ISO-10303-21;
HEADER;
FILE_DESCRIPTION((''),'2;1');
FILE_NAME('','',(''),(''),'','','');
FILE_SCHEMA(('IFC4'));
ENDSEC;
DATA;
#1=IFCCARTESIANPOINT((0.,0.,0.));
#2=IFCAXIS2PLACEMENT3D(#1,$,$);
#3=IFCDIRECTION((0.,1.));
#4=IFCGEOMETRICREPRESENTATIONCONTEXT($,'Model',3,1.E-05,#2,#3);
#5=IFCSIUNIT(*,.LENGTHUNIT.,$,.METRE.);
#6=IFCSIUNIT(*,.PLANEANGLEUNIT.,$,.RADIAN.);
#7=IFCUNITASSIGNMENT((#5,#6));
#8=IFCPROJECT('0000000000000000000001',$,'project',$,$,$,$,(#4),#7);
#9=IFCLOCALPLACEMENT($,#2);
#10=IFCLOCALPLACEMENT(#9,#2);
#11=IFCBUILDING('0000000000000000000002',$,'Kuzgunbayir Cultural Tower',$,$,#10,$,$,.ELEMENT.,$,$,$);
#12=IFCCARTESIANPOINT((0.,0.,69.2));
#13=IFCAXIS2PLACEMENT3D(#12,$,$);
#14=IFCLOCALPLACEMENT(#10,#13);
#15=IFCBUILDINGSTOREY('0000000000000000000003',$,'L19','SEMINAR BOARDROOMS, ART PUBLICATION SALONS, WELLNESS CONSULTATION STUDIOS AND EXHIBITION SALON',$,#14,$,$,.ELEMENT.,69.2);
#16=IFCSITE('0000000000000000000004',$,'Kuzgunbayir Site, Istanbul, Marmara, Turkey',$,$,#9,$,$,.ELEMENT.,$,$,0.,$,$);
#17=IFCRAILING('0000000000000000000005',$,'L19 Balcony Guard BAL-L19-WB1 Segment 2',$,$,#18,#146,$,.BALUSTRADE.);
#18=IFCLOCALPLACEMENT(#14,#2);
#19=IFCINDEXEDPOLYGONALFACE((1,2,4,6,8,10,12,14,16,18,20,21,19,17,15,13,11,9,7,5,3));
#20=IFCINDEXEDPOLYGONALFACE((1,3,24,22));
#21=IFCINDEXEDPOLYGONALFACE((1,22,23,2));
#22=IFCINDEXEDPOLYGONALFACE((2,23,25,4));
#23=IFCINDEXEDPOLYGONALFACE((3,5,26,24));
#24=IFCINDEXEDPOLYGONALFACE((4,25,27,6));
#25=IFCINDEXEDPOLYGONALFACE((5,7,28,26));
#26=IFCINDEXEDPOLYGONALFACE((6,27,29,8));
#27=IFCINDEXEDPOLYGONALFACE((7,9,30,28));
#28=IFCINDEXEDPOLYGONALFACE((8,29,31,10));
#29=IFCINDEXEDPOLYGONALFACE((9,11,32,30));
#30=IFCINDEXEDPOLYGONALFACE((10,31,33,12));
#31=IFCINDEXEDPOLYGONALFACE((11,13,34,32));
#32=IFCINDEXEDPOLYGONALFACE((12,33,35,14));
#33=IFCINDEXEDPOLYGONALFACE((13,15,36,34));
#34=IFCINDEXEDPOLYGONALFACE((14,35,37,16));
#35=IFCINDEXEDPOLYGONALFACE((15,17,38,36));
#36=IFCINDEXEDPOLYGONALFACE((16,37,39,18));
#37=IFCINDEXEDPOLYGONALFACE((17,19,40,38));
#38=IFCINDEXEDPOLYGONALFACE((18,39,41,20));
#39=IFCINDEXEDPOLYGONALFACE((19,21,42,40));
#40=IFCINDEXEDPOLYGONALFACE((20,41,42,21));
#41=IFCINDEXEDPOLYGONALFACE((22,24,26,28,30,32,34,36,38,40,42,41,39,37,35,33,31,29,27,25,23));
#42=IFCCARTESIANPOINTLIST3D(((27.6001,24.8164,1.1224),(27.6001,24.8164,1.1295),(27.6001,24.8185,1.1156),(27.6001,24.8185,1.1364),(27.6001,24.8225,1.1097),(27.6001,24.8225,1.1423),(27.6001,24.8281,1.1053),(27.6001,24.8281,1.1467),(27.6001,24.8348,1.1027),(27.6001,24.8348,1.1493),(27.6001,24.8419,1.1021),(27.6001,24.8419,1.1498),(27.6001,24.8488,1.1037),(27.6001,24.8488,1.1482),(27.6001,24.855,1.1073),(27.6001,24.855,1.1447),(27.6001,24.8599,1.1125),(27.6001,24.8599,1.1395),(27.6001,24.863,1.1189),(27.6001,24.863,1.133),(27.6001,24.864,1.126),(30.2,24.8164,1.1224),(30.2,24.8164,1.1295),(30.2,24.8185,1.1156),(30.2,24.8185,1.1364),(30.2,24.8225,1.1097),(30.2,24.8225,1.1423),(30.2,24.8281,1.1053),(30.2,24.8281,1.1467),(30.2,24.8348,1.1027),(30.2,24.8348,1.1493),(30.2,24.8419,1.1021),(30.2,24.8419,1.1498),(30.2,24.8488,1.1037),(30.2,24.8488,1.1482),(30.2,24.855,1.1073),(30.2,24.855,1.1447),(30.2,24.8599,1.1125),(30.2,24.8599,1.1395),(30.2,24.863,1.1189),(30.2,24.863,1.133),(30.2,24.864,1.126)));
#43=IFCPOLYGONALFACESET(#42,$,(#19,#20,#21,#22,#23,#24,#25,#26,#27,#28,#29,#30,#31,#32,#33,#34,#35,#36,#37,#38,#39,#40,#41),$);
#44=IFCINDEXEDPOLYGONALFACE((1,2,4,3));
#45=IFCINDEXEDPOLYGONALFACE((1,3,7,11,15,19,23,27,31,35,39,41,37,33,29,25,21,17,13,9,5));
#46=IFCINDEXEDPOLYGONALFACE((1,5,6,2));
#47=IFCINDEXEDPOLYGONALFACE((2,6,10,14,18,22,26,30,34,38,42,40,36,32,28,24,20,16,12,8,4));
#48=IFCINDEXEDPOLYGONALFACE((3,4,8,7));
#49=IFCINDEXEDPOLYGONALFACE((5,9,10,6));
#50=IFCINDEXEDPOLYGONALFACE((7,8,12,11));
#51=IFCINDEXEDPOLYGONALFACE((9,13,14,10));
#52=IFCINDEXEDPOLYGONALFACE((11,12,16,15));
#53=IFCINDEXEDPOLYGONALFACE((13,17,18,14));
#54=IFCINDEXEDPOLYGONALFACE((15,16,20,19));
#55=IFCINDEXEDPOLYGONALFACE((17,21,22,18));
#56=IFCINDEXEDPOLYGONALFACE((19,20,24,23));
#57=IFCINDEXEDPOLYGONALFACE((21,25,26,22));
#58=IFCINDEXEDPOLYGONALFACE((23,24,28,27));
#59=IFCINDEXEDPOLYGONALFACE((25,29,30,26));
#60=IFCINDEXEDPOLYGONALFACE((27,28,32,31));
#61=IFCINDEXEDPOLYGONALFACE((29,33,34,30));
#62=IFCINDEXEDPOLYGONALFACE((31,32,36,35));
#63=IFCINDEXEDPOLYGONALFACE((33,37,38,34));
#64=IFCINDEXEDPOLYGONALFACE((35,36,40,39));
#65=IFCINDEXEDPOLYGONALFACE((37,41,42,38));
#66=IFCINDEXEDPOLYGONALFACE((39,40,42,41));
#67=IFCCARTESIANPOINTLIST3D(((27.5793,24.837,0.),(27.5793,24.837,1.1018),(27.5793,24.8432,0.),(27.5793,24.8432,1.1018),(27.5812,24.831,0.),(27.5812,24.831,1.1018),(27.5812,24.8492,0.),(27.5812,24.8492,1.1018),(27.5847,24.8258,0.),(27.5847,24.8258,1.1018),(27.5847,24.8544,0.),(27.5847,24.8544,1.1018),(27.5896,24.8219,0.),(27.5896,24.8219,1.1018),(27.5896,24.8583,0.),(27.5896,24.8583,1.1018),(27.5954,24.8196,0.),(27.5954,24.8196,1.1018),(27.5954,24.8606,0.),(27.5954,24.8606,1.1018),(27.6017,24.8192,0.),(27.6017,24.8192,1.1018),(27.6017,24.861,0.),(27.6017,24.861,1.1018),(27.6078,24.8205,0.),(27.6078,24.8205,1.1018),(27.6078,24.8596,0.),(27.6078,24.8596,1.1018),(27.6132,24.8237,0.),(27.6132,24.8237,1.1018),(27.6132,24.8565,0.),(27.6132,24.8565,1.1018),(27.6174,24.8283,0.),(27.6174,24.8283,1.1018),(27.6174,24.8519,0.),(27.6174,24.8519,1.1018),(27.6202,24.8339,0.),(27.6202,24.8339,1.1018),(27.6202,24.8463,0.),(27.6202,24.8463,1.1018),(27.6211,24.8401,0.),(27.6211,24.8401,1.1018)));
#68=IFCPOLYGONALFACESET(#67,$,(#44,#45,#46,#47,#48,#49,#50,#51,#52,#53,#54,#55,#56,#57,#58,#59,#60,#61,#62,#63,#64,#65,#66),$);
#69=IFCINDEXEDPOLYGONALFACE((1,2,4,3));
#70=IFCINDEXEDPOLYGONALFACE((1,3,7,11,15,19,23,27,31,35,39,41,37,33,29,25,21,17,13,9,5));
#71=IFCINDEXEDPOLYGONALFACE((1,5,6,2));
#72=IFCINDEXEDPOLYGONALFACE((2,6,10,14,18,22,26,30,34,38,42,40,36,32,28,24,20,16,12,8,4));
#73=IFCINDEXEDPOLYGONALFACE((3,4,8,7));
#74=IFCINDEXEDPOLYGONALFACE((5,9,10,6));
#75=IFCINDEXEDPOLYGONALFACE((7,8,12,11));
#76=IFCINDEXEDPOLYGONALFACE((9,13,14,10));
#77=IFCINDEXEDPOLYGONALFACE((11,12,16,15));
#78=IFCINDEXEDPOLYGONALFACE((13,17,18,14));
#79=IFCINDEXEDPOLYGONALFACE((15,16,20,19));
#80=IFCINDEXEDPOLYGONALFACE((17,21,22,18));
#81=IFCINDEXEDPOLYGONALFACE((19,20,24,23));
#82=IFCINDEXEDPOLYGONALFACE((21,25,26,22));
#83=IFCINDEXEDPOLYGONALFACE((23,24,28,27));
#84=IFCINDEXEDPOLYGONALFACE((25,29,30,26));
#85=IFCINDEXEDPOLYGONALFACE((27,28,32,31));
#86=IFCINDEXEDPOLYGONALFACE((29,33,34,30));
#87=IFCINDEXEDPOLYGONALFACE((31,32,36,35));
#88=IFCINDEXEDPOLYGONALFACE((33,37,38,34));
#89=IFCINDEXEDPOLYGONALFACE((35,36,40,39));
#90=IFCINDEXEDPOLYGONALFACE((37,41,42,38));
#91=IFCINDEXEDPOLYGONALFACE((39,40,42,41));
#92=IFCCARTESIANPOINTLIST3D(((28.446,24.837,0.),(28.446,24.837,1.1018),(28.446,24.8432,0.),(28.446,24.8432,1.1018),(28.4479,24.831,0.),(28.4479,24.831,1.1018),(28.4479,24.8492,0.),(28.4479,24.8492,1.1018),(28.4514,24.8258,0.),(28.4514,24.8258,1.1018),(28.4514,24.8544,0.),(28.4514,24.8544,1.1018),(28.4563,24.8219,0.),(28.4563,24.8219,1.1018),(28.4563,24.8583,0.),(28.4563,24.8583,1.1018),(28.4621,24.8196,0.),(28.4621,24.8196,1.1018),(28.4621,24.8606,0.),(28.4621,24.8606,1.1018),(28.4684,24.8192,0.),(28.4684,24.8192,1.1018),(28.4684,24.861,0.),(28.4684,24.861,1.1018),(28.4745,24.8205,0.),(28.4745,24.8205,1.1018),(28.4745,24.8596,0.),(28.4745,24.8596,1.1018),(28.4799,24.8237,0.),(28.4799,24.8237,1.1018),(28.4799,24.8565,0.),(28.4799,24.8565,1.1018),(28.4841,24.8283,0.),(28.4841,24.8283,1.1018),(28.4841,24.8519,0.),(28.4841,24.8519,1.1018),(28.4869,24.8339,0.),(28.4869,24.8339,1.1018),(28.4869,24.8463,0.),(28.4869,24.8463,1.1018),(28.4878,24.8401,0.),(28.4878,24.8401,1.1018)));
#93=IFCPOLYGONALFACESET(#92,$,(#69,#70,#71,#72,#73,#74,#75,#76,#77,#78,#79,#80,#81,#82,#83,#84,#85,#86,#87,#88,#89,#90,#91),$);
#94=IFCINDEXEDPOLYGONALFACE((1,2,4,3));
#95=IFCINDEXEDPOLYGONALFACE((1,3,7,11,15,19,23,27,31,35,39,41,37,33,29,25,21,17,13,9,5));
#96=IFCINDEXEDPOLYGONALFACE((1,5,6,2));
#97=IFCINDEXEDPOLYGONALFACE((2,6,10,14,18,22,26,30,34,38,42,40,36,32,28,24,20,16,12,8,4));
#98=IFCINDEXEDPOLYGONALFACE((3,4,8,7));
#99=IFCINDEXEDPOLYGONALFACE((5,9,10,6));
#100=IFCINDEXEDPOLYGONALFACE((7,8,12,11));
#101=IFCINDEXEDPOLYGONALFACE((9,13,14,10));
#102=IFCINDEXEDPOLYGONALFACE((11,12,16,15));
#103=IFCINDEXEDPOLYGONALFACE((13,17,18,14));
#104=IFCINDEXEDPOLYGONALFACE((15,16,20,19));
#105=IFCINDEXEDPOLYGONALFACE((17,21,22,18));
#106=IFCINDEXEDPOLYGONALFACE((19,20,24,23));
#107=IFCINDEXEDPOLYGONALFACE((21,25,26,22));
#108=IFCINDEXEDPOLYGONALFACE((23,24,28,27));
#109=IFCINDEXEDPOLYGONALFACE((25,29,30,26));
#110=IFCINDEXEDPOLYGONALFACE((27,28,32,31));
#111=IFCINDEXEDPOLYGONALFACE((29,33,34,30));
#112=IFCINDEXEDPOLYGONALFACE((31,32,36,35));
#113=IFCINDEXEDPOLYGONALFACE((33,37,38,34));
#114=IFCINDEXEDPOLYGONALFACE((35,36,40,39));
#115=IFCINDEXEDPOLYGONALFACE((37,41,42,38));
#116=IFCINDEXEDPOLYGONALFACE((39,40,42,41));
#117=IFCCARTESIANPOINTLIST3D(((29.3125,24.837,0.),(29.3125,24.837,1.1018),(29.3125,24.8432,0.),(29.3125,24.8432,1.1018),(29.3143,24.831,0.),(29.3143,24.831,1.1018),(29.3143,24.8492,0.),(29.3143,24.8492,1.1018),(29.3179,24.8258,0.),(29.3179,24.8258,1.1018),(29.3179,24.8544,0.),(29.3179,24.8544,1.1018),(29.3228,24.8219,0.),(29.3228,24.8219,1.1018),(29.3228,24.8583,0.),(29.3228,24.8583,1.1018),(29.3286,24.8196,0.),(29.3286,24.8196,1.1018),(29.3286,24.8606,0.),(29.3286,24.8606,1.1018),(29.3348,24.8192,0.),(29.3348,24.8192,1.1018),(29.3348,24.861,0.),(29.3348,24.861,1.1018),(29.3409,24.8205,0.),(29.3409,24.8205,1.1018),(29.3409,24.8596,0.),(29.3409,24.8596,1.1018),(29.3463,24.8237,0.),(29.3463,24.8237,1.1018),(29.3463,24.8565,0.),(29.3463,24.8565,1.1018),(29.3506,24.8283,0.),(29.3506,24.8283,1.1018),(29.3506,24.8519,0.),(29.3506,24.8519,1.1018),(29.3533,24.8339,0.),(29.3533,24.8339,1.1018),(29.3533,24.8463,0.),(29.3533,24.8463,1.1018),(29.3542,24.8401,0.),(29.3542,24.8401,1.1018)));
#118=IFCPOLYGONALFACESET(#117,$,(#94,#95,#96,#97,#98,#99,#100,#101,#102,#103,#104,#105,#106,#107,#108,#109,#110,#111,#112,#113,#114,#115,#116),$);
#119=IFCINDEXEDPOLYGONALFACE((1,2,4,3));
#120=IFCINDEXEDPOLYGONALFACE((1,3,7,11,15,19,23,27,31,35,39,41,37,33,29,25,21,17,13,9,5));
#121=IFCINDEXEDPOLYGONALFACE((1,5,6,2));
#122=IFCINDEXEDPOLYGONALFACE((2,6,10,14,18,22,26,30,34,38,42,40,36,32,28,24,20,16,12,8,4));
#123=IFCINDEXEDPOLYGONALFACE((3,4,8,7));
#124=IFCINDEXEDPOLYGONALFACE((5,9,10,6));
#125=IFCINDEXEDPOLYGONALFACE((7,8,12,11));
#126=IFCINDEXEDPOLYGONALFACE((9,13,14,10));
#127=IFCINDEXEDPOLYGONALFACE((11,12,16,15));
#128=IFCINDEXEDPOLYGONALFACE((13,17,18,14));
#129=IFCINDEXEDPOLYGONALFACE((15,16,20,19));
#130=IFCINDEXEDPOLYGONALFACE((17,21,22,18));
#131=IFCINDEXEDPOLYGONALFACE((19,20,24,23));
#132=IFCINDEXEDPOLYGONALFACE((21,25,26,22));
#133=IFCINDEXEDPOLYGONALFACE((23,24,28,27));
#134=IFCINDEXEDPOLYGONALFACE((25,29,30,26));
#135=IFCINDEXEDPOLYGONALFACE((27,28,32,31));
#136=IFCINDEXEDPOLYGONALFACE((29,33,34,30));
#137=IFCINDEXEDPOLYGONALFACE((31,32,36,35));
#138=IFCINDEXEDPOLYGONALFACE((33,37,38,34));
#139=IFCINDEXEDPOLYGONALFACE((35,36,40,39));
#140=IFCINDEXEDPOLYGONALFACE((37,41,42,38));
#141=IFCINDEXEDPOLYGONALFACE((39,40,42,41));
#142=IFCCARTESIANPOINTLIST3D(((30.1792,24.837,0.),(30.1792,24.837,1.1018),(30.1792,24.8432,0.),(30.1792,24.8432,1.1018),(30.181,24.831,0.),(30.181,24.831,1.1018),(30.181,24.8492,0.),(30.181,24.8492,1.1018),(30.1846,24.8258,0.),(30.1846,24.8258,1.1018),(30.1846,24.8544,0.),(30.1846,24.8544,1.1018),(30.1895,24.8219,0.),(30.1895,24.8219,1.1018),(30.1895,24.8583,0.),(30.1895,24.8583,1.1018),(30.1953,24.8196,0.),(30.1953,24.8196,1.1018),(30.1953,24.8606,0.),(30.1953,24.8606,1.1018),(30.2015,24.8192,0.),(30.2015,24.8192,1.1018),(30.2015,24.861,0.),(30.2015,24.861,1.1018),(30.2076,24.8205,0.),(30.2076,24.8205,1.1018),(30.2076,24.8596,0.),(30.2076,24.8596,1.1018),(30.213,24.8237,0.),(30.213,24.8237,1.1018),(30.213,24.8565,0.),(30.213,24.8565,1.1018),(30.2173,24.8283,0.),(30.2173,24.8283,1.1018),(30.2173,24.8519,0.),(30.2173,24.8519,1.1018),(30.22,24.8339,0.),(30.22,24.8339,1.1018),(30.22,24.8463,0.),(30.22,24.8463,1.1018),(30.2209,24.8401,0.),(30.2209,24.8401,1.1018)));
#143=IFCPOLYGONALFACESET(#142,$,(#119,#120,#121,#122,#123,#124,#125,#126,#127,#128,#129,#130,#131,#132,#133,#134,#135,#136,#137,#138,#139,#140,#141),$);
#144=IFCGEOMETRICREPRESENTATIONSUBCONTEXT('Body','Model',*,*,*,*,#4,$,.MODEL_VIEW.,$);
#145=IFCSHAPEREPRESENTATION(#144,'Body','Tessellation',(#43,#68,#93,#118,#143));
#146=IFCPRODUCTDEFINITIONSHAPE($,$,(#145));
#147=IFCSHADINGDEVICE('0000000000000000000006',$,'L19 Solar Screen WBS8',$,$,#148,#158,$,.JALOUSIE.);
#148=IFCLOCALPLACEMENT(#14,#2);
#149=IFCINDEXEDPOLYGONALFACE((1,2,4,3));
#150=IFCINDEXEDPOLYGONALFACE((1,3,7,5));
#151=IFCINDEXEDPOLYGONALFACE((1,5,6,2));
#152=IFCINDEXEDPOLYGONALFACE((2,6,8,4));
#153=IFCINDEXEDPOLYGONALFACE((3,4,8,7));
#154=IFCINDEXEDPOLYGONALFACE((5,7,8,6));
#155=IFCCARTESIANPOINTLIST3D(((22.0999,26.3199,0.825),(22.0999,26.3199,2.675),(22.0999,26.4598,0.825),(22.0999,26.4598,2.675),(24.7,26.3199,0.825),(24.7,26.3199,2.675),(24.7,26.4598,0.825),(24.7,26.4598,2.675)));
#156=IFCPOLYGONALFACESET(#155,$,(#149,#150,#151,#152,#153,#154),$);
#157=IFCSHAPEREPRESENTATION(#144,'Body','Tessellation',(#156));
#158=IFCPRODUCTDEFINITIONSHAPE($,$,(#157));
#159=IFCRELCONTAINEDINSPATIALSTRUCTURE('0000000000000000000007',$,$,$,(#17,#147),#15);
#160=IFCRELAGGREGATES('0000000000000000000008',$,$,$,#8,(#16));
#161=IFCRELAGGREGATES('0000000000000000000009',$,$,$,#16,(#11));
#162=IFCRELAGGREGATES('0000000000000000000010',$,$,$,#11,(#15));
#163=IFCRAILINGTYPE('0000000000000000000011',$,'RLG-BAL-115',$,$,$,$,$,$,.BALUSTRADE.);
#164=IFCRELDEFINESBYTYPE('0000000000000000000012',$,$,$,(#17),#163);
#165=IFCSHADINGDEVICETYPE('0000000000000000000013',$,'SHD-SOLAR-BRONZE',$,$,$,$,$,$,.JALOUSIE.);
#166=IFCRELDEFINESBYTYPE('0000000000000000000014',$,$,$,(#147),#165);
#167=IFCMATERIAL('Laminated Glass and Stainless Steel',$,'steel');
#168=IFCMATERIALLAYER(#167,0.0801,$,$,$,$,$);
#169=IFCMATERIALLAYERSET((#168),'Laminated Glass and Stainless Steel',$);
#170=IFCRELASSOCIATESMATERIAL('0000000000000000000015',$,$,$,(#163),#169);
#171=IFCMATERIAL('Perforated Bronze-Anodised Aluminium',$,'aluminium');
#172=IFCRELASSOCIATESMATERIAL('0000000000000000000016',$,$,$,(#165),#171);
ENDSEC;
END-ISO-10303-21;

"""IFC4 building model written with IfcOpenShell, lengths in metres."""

from ifc_helpers import new_model, si_unit, direction, frame, origin, origin_2d, place, context, subcontext, project, spatial, rectangle, circle, extrude, material, layer, layer_set, type_object, element, save


model = new_model("IFC4")

# Units and contexts
model_context = context("Model", 3, precision=1e-05, world=origin(), true_north=direction((0.0, 1.0)))
body_context = subcontext(model_context, "Body", "Model", "MODEL_VIEW")
ifc_project = project(units=[si_unit("LENGTHUNIT", "METRE"), si_unit("PLANEANGLEUNIT", "RADIAN")], contexts=[model_context])

# Site, building, storey
site_placement = place(None, origin())
site = spatial("IfcSite", under=ifc_project, at=site_placement, Name="Kuzgunbayir Site, Istanbul, Marmara, Turkey", CompositionType="ELEMENT", RefElevation=0.0)
building_placement = place(site_placement, origin())
building = spatial("IfcBuilding", under=site, at=building_placement, Name="Kuzgunbayir Cultural Tower", CompositionType="ELEMENT")
storey_placement = place(building_placement, frame((0.0, 0.0, 69.2)))
storey = spatial("IfcBuildingStorey", under=building, at=storey_placement, Name="L19", Description="SEMINAR BOARDROOMS, ART PUBLICATION SALONS, WELLNESS CONSULTATION STUDIOS AND EXHIBITION SALON", CompositionType="ELEMENT", Elevation=69.2)

# Railing
ifc_material_1 = material(Name="Laminated Glass and Stainless Steel", Category="steel")
ifc_layer_1 = layer(ifc_material_1, 0.0801)
ifc_layer_set_1 = layer_set([ifc_layer_1], Name="Laminated Glass and Stainless Steel")
railing_type = type_object("IfcRailingType", Name="RLG-BAL-115", PredefinedType="BALUSTRADE", material=ifc_layer_set_1)
railing_1_placement = place(storey_placement, frame((27.6001, 24.8401, 0.0)))
element("IfcRailing", 1, at=railing_1_placement, inside=storey, type_object=railing_type, Name="L19 Balcony Guard BAL-L19-WB1 Segment 2", PredefinedType="BALUSTRADE", context=body_context, shape_type="SweptSolid", body=[
    extrude(circle(Radius=0.0239, at=origin_2d()), frame((0.0, 0.0, 1.126), z_axis=(1.0, 0.0, 0.0), x_axis=(0.0, 1.0, 0.0)), (0.0, 0.0, 1.0), 2.5999),
    extrude(circle(Radius=0.021, at=origin_2d()), origin(), (0.0, 0.0, 1.0), 1.1018),
    extrude(circle(Radius=0.021, at=origin_2d()), frame((0.8667, 0.0, 0.0)), (0.0, 0.0, 1.0), 1.1018),
    extrude(circle(Radius=0.021, at=origin_2d()), frame((1.7332, 0.0, 0.0)), (0.0, 0.0, 1.0), 1.1018),
    extrude(circle(Radius=0.021, at=origin_2d()), frame((2.5999, 0.0, 0.0)), (0.0, 0.0, 1.0), 1.1018),
])

# Shading device
ifc_material_2 = material(Name="Perforated Bronze-Anodised Aluminium", Category="aluminium")
shading_device_type = type_object("IfcShadingDeviceType", Name="SHD-SOLAR-BRONZE", PredefinedType="JALOUSIE", material=ifc_material_2)
shading_device_placement = place(storey_placement, frame((23.3999, 26.3899, 0.825), z_axis=(0.0, 0.0, 1.0), x_axis=(1.0, 0.0, 0.0)))
element("IfcShadingDevice", 2, at=shading_device_placement, inside=storey, type_object=shading_device_type, Name="L19 Solar Screen WBS8", PredefinedType="JALOUSIE", context=body_context, shape_type="SweptSolid", body=[
    extrude(rectangle(XDim=2.6001, YDim=0.1399, at=origin_2d()), origin(), (0.0, 0.0, 1.0), 1.8501),
])

save(model, "model.ifc")
